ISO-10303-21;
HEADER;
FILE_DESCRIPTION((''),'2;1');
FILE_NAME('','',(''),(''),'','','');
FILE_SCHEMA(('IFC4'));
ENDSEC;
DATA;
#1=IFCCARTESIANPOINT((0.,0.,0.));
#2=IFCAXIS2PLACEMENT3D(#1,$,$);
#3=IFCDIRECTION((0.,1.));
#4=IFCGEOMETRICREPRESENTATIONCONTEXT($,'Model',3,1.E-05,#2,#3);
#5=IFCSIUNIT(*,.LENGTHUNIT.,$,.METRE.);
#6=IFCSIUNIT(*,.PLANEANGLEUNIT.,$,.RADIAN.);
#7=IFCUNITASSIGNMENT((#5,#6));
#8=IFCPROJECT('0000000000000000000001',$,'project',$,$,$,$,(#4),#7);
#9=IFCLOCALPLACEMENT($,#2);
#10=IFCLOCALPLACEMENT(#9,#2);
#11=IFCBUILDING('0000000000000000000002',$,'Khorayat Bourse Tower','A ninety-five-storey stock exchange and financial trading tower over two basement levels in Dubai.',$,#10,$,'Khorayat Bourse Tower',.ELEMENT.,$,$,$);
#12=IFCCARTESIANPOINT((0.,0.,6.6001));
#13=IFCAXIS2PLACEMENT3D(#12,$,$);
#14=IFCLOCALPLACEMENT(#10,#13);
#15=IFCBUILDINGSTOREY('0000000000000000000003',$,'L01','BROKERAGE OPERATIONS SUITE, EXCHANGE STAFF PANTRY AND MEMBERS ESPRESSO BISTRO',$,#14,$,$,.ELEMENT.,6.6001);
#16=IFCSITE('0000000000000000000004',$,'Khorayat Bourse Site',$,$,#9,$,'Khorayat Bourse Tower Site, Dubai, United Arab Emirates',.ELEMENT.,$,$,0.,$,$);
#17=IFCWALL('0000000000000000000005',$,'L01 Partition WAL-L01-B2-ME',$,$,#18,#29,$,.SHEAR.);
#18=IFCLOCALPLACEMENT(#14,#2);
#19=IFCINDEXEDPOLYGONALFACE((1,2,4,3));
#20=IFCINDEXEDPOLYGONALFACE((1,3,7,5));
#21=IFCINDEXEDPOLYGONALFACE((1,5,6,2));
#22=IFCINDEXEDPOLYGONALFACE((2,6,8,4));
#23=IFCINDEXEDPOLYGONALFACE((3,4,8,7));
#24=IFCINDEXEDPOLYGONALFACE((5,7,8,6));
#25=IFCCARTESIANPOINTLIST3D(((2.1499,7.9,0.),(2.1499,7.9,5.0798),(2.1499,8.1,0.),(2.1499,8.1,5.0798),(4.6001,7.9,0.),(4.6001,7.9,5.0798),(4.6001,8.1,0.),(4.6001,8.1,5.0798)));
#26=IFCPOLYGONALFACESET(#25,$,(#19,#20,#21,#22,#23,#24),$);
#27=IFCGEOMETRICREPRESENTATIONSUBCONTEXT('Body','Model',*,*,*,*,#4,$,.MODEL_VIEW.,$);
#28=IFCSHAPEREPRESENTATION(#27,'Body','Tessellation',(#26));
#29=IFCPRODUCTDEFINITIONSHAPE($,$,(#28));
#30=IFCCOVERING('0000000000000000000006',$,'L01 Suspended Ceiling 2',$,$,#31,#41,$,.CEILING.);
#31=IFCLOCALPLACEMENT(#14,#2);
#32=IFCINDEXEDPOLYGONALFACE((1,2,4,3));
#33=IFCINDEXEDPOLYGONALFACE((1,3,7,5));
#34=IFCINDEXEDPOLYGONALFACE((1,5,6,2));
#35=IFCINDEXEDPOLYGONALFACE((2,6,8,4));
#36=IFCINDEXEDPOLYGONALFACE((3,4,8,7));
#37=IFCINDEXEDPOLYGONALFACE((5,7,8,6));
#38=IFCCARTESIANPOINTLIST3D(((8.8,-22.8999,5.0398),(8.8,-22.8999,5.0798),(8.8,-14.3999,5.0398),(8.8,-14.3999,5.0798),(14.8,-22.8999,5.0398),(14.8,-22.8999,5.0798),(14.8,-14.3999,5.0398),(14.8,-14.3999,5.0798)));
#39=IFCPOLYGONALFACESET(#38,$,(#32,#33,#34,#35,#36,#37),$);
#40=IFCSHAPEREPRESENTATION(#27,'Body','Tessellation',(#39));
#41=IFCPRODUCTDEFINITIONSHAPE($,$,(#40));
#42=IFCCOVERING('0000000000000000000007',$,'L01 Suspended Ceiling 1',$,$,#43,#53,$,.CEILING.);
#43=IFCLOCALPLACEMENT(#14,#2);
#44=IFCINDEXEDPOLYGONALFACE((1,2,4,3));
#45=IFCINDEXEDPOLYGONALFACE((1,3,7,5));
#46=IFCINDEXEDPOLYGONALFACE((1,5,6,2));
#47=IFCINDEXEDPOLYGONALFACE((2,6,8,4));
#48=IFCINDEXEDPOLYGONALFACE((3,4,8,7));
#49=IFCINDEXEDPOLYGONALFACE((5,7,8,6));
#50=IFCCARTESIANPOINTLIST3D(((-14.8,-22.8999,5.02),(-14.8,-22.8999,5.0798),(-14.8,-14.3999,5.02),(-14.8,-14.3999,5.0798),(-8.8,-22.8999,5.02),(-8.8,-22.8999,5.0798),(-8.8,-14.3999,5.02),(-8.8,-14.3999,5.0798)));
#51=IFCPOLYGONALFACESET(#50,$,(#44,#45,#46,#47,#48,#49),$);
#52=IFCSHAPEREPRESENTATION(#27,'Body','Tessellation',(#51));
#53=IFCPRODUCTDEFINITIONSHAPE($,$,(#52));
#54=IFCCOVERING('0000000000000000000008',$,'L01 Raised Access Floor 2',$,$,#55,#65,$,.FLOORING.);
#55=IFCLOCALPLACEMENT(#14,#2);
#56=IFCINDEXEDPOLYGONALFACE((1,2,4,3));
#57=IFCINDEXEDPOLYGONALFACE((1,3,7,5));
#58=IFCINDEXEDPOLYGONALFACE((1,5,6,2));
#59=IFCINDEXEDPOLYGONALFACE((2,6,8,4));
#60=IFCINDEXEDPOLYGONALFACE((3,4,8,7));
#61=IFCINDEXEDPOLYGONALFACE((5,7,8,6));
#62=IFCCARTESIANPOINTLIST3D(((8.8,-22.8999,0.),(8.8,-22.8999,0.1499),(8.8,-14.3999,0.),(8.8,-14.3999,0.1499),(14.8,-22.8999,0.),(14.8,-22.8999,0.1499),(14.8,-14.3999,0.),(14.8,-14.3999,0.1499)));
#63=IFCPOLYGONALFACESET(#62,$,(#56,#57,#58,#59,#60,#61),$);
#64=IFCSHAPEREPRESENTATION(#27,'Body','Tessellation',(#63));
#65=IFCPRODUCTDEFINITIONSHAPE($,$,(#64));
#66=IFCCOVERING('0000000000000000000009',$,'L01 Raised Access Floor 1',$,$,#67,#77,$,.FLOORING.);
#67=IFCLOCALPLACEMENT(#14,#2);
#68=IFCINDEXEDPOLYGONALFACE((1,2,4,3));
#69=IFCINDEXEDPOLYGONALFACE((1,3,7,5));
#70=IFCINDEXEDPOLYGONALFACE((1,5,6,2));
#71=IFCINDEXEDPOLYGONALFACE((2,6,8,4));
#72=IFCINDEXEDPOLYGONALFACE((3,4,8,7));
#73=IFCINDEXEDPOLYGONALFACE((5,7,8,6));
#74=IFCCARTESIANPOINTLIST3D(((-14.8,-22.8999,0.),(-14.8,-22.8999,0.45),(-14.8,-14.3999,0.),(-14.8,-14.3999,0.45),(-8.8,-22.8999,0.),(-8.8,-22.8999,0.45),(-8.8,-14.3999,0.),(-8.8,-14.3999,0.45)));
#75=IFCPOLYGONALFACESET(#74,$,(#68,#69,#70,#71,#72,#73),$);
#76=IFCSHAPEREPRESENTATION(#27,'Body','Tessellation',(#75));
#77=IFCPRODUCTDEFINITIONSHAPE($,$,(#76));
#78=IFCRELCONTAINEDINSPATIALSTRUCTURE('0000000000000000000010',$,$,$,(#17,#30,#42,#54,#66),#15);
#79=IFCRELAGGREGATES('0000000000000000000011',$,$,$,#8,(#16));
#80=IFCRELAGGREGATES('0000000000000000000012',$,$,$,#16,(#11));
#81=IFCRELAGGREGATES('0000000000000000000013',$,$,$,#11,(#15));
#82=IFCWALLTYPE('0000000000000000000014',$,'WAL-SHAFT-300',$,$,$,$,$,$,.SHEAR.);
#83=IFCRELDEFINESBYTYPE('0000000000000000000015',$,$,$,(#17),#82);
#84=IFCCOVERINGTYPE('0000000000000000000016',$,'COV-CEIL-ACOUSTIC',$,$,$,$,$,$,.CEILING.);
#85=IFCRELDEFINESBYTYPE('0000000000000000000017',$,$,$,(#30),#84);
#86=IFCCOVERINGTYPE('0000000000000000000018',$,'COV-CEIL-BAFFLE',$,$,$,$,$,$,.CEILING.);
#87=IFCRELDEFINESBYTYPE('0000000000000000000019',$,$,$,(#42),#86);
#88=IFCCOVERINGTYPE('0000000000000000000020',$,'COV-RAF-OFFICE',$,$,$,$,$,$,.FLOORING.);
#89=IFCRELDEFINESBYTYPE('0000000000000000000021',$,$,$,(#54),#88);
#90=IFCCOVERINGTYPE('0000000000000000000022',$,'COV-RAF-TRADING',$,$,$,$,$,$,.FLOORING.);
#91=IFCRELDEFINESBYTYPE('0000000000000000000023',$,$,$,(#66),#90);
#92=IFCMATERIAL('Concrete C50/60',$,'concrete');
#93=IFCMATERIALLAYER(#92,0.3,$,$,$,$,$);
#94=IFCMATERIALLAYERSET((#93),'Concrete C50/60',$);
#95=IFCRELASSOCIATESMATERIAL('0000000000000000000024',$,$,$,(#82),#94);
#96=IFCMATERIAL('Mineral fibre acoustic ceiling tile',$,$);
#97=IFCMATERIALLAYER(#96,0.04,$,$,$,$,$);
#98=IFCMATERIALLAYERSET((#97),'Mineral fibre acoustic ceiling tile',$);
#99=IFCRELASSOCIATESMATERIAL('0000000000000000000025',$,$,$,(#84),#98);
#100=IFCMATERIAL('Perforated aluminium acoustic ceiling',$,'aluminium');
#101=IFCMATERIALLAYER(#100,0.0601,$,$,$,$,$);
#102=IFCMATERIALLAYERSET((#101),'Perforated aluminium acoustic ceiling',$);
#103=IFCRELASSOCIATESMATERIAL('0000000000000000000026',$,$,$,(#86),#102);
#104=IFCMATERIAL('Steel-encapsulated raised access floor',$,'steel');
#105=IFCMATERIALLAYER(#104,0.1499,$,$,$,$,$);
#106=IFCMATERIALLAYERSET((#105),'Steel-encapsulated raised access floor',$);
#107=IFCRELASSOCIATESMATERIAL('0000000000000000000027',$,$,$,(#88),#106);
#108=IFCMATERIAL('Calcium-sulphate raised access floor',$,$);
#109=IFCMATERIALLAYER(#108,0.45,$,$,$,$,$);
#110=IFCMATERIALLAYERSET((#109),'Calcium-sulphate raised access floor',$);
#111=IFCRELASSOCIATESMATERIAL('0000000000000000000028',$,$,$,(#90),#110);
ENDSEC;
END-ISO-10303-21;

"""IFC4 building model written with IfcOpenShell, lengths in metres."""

from ifc_helpers import new_model, si_unit, direction, frame, frame_2d, origin, place, context, subcontext, project, spatial, polyline, rectangle, outline, extrude, source, transform, mapped, material, layer, layer_set, type_object, element, save


model = new_model("IFC4")

# Units and contexts
model_context = context("Model", 3, precision=1e-05, world=origin(), true_north=direction((0.0, 1.0)))
body_context = subcontext(model_context, "Body", "Model", "MODEL_VIEW")
ifc_project = project(units=[si_unit("LENGTHUNIT", "METRE"), si_unit("PLANEANGLEUNIT", "RADIAN")], contexts=[model_context])

# Site, building, storey
site_placement = place(None, origin())
site = spatial("IfcSite", under=ifc_project, at=site_placement, Name="Khorayat Bourse Site", LongName="Khorayat Bourse Tower Site, Dubai, United Arab Emirates", CompositionType="ELEMENT", RefElevation=0.0)
building_placement = place(site_placement, origin())
building = spatial("IfcBuilding", under=site, at=building_placement, Name="Khorayat Bourse Tower", Description="A ninety-five-storey stock exchange and financial trading tower over two basement levels in Dubai.", LongName="Khorayat Bourse Tower", CompositionType="ELEMENT")
storey_placement = place(building_placement, frame((0.0, 0.0, 6.6001)))
storey = spatial("IfcBuildingStorey", under=building, at=storey_placement, Name="L01", Description="BROKERAGE OPERATIONS SUITE, EXCHANGE STAFF PANTRY AND MEMBERS ESPRESSO BISTRO", CompositionType="ELEMENT", Elevation=6.6001)

# Shared definitions
ifc_material_1 = material(Name="Concrete C50/60", Category="concrete")
ifc_layer_1 = layer(ifc_material_1, 0.3)
ifc_layer_set_1 = layer_set([ifc_layer_1], Name="Concrete C50/60")
wall_type_1 = type_object("IfcWallType", Name="WAL-SHAFT-300", PredefinedType="SHEAR", material=ifc_layer_set_1)

# Wall
shared_shape_1 = source(origin(), body_context, "Body", "SweptSolid", [
    extrude(rectangle(XDim=2.4502, YDim=0.2, at=frame_2d((1.2251, 0.0))), origin(), (0.0, 0.0, 1.0), 5.0798),
])
wall_1_placement = place(storey_placement, frame((2.1499, 8.0, 0.0), z_axis=(0.0, 0.0, 1.0), x_axis=(1.0, 0.0, 0.0)))
element("IfcWall", 1, at=wall_1_placement, inside=storey, type_object=wall_type_1, Name="L01 Partition WAL-L01-B2-ME", PredefinedType="SHEAR", context=body_context, shape_type="MappedRepresentation", body=[
    mapped(shared_shape_1, transform((0.0, 0.0, 0.0), scale=1.0)),
])

# Coverings
ifc_material_2 = material(Name="Mineral fibre acoustic ceiling tile")
ifc_layer_2 = layer(ifc_material_2, 0.04)
ifc_layer_set_2 = layer_set([ifc_layer_2], Name="Mineral fibre acoustic ceiling tile")
covering_type_1 = type_object("IfcCoveringType", Name="COV-CEIL-ACOUSTIC", PredefinedType="CEILING", material=ifc_layer_set_2)
covering_1_placement = place(storey_placement, frame((0.0, 0.0, 5.0398)))
element("IfcCovering", 2, at=covering_1_placement, inside=storey, type_object=covering_type_1, Name="L01 Suspended Ceiling 2", PredefinedType="CEILING", context=body_context, shape_type="SweptSolid", body=[
    extrude(outline(polyline([(8.8, -22.8999), (14.8, -22.8999), (14.8, -14.3999), (8.8, -14.3999), (8.8, -22.8999)])), origin(), (0.0, 0.0, 1.0), 0.04),
])
ifc_material_3 = material(Name="Perforated aluminium acoustic ceiling", Category="aluminium")
ifc_layer_3 = layer(ifc_material_3, 0.0601)
ifc_layer_set_3 = layer_set([ifc_layer_3], Name="Perforated aluminium acoustic ceiling")
covering_type_2 = type_object("IfcCoveringType", Name="COV-CEIL-BAFFLE", PredefinedType="CEILING", material=ifc_layer_set_3)
covering_2_placement = place(storey_placement, frame((0.0, 0.0, 5.02)))
element("IfcCovering", 3, at=covering_2_placement, inside=storey, type_object=covering_type_2, Name="L01 Suspended Ceiling 1", PredefinedType="CEILING", context=body_context, shape_type="SweptSolid", body=[
    extrude(outline(polyline([(-14.8, -22.8999), (-8.8, -22.8999), (-8.8, -14.3999), (-14.8, -14.3999), (-14.8, -22.8999)])), origin(), (0.0, 0.0, 1.0), 0.0598),
])
ifc_material_4 = material(Name="Steel-encapsulated raised access floor", Category="steel")
ifc_layer_4 = layer(ifc_material_4, 0.1499)
ifc_layer_set_4 = layer_set([ifc_layer_4], Name="Steel-encapsulated raised access floor")
covering_type_3 = type_object("IfcCoveringType", Name="COV-RAF-OFFICE", PredefinedType="FLOORING", material=ifc_layer_set_4)
covering_3_placement = place(storey_placement, origin())
element("IfcCovering", 4, at=covering_3_placement, inside=storey, type_object=covering_type_3, Name="L01 Raised Access Floor 2", PredefinedType="FLOORING", context=body_context, shape_type="SweptSolid", body=[
    extrude(outline(polyline([(8.8, -22.8999), (14.8, -22.8999), (14.8, -14.3999), (8.8, -14.3999), (8.8, -22.8999)])), origin(), (0.0, 0.0, 1.0), 0.1499),
])
ifc_material_5 = material(Name="Calcium-sulphate raised access floor")
ifc_layer_5 = layer(ifc_material_5, 0.45)
ifc_layer_set_5 = layer_set([ifc_layer_5], Name="Calcium-sulphate raised access floor")
covering_type_4 = type_object("IfcCoveringType", Name="COV-RAF-TRADING", PredefinedType="FLOORING", material=ifc_layer_set_5)
covering_4_placement = place(storey_placement, origin())
element("IfcCovering", 5, at=covering_4_placement, inside=storey, type_object=covering_type_4, Name="L01 Raised Access Floor 1", PredefinedType="FLOORING", context=body_context, shape_type="SweptSolid", body=[
    extrude(outline(polyline([(-14.8, -22.8999), (-8.8, -22.8999), (-8.8, -14.3999), (-14.8, -14.3999), (-14.8, -22.8999)])), origin(), (0.0, 0.0, 1.0), 0.45),
])

save(model, "model.ifc")
